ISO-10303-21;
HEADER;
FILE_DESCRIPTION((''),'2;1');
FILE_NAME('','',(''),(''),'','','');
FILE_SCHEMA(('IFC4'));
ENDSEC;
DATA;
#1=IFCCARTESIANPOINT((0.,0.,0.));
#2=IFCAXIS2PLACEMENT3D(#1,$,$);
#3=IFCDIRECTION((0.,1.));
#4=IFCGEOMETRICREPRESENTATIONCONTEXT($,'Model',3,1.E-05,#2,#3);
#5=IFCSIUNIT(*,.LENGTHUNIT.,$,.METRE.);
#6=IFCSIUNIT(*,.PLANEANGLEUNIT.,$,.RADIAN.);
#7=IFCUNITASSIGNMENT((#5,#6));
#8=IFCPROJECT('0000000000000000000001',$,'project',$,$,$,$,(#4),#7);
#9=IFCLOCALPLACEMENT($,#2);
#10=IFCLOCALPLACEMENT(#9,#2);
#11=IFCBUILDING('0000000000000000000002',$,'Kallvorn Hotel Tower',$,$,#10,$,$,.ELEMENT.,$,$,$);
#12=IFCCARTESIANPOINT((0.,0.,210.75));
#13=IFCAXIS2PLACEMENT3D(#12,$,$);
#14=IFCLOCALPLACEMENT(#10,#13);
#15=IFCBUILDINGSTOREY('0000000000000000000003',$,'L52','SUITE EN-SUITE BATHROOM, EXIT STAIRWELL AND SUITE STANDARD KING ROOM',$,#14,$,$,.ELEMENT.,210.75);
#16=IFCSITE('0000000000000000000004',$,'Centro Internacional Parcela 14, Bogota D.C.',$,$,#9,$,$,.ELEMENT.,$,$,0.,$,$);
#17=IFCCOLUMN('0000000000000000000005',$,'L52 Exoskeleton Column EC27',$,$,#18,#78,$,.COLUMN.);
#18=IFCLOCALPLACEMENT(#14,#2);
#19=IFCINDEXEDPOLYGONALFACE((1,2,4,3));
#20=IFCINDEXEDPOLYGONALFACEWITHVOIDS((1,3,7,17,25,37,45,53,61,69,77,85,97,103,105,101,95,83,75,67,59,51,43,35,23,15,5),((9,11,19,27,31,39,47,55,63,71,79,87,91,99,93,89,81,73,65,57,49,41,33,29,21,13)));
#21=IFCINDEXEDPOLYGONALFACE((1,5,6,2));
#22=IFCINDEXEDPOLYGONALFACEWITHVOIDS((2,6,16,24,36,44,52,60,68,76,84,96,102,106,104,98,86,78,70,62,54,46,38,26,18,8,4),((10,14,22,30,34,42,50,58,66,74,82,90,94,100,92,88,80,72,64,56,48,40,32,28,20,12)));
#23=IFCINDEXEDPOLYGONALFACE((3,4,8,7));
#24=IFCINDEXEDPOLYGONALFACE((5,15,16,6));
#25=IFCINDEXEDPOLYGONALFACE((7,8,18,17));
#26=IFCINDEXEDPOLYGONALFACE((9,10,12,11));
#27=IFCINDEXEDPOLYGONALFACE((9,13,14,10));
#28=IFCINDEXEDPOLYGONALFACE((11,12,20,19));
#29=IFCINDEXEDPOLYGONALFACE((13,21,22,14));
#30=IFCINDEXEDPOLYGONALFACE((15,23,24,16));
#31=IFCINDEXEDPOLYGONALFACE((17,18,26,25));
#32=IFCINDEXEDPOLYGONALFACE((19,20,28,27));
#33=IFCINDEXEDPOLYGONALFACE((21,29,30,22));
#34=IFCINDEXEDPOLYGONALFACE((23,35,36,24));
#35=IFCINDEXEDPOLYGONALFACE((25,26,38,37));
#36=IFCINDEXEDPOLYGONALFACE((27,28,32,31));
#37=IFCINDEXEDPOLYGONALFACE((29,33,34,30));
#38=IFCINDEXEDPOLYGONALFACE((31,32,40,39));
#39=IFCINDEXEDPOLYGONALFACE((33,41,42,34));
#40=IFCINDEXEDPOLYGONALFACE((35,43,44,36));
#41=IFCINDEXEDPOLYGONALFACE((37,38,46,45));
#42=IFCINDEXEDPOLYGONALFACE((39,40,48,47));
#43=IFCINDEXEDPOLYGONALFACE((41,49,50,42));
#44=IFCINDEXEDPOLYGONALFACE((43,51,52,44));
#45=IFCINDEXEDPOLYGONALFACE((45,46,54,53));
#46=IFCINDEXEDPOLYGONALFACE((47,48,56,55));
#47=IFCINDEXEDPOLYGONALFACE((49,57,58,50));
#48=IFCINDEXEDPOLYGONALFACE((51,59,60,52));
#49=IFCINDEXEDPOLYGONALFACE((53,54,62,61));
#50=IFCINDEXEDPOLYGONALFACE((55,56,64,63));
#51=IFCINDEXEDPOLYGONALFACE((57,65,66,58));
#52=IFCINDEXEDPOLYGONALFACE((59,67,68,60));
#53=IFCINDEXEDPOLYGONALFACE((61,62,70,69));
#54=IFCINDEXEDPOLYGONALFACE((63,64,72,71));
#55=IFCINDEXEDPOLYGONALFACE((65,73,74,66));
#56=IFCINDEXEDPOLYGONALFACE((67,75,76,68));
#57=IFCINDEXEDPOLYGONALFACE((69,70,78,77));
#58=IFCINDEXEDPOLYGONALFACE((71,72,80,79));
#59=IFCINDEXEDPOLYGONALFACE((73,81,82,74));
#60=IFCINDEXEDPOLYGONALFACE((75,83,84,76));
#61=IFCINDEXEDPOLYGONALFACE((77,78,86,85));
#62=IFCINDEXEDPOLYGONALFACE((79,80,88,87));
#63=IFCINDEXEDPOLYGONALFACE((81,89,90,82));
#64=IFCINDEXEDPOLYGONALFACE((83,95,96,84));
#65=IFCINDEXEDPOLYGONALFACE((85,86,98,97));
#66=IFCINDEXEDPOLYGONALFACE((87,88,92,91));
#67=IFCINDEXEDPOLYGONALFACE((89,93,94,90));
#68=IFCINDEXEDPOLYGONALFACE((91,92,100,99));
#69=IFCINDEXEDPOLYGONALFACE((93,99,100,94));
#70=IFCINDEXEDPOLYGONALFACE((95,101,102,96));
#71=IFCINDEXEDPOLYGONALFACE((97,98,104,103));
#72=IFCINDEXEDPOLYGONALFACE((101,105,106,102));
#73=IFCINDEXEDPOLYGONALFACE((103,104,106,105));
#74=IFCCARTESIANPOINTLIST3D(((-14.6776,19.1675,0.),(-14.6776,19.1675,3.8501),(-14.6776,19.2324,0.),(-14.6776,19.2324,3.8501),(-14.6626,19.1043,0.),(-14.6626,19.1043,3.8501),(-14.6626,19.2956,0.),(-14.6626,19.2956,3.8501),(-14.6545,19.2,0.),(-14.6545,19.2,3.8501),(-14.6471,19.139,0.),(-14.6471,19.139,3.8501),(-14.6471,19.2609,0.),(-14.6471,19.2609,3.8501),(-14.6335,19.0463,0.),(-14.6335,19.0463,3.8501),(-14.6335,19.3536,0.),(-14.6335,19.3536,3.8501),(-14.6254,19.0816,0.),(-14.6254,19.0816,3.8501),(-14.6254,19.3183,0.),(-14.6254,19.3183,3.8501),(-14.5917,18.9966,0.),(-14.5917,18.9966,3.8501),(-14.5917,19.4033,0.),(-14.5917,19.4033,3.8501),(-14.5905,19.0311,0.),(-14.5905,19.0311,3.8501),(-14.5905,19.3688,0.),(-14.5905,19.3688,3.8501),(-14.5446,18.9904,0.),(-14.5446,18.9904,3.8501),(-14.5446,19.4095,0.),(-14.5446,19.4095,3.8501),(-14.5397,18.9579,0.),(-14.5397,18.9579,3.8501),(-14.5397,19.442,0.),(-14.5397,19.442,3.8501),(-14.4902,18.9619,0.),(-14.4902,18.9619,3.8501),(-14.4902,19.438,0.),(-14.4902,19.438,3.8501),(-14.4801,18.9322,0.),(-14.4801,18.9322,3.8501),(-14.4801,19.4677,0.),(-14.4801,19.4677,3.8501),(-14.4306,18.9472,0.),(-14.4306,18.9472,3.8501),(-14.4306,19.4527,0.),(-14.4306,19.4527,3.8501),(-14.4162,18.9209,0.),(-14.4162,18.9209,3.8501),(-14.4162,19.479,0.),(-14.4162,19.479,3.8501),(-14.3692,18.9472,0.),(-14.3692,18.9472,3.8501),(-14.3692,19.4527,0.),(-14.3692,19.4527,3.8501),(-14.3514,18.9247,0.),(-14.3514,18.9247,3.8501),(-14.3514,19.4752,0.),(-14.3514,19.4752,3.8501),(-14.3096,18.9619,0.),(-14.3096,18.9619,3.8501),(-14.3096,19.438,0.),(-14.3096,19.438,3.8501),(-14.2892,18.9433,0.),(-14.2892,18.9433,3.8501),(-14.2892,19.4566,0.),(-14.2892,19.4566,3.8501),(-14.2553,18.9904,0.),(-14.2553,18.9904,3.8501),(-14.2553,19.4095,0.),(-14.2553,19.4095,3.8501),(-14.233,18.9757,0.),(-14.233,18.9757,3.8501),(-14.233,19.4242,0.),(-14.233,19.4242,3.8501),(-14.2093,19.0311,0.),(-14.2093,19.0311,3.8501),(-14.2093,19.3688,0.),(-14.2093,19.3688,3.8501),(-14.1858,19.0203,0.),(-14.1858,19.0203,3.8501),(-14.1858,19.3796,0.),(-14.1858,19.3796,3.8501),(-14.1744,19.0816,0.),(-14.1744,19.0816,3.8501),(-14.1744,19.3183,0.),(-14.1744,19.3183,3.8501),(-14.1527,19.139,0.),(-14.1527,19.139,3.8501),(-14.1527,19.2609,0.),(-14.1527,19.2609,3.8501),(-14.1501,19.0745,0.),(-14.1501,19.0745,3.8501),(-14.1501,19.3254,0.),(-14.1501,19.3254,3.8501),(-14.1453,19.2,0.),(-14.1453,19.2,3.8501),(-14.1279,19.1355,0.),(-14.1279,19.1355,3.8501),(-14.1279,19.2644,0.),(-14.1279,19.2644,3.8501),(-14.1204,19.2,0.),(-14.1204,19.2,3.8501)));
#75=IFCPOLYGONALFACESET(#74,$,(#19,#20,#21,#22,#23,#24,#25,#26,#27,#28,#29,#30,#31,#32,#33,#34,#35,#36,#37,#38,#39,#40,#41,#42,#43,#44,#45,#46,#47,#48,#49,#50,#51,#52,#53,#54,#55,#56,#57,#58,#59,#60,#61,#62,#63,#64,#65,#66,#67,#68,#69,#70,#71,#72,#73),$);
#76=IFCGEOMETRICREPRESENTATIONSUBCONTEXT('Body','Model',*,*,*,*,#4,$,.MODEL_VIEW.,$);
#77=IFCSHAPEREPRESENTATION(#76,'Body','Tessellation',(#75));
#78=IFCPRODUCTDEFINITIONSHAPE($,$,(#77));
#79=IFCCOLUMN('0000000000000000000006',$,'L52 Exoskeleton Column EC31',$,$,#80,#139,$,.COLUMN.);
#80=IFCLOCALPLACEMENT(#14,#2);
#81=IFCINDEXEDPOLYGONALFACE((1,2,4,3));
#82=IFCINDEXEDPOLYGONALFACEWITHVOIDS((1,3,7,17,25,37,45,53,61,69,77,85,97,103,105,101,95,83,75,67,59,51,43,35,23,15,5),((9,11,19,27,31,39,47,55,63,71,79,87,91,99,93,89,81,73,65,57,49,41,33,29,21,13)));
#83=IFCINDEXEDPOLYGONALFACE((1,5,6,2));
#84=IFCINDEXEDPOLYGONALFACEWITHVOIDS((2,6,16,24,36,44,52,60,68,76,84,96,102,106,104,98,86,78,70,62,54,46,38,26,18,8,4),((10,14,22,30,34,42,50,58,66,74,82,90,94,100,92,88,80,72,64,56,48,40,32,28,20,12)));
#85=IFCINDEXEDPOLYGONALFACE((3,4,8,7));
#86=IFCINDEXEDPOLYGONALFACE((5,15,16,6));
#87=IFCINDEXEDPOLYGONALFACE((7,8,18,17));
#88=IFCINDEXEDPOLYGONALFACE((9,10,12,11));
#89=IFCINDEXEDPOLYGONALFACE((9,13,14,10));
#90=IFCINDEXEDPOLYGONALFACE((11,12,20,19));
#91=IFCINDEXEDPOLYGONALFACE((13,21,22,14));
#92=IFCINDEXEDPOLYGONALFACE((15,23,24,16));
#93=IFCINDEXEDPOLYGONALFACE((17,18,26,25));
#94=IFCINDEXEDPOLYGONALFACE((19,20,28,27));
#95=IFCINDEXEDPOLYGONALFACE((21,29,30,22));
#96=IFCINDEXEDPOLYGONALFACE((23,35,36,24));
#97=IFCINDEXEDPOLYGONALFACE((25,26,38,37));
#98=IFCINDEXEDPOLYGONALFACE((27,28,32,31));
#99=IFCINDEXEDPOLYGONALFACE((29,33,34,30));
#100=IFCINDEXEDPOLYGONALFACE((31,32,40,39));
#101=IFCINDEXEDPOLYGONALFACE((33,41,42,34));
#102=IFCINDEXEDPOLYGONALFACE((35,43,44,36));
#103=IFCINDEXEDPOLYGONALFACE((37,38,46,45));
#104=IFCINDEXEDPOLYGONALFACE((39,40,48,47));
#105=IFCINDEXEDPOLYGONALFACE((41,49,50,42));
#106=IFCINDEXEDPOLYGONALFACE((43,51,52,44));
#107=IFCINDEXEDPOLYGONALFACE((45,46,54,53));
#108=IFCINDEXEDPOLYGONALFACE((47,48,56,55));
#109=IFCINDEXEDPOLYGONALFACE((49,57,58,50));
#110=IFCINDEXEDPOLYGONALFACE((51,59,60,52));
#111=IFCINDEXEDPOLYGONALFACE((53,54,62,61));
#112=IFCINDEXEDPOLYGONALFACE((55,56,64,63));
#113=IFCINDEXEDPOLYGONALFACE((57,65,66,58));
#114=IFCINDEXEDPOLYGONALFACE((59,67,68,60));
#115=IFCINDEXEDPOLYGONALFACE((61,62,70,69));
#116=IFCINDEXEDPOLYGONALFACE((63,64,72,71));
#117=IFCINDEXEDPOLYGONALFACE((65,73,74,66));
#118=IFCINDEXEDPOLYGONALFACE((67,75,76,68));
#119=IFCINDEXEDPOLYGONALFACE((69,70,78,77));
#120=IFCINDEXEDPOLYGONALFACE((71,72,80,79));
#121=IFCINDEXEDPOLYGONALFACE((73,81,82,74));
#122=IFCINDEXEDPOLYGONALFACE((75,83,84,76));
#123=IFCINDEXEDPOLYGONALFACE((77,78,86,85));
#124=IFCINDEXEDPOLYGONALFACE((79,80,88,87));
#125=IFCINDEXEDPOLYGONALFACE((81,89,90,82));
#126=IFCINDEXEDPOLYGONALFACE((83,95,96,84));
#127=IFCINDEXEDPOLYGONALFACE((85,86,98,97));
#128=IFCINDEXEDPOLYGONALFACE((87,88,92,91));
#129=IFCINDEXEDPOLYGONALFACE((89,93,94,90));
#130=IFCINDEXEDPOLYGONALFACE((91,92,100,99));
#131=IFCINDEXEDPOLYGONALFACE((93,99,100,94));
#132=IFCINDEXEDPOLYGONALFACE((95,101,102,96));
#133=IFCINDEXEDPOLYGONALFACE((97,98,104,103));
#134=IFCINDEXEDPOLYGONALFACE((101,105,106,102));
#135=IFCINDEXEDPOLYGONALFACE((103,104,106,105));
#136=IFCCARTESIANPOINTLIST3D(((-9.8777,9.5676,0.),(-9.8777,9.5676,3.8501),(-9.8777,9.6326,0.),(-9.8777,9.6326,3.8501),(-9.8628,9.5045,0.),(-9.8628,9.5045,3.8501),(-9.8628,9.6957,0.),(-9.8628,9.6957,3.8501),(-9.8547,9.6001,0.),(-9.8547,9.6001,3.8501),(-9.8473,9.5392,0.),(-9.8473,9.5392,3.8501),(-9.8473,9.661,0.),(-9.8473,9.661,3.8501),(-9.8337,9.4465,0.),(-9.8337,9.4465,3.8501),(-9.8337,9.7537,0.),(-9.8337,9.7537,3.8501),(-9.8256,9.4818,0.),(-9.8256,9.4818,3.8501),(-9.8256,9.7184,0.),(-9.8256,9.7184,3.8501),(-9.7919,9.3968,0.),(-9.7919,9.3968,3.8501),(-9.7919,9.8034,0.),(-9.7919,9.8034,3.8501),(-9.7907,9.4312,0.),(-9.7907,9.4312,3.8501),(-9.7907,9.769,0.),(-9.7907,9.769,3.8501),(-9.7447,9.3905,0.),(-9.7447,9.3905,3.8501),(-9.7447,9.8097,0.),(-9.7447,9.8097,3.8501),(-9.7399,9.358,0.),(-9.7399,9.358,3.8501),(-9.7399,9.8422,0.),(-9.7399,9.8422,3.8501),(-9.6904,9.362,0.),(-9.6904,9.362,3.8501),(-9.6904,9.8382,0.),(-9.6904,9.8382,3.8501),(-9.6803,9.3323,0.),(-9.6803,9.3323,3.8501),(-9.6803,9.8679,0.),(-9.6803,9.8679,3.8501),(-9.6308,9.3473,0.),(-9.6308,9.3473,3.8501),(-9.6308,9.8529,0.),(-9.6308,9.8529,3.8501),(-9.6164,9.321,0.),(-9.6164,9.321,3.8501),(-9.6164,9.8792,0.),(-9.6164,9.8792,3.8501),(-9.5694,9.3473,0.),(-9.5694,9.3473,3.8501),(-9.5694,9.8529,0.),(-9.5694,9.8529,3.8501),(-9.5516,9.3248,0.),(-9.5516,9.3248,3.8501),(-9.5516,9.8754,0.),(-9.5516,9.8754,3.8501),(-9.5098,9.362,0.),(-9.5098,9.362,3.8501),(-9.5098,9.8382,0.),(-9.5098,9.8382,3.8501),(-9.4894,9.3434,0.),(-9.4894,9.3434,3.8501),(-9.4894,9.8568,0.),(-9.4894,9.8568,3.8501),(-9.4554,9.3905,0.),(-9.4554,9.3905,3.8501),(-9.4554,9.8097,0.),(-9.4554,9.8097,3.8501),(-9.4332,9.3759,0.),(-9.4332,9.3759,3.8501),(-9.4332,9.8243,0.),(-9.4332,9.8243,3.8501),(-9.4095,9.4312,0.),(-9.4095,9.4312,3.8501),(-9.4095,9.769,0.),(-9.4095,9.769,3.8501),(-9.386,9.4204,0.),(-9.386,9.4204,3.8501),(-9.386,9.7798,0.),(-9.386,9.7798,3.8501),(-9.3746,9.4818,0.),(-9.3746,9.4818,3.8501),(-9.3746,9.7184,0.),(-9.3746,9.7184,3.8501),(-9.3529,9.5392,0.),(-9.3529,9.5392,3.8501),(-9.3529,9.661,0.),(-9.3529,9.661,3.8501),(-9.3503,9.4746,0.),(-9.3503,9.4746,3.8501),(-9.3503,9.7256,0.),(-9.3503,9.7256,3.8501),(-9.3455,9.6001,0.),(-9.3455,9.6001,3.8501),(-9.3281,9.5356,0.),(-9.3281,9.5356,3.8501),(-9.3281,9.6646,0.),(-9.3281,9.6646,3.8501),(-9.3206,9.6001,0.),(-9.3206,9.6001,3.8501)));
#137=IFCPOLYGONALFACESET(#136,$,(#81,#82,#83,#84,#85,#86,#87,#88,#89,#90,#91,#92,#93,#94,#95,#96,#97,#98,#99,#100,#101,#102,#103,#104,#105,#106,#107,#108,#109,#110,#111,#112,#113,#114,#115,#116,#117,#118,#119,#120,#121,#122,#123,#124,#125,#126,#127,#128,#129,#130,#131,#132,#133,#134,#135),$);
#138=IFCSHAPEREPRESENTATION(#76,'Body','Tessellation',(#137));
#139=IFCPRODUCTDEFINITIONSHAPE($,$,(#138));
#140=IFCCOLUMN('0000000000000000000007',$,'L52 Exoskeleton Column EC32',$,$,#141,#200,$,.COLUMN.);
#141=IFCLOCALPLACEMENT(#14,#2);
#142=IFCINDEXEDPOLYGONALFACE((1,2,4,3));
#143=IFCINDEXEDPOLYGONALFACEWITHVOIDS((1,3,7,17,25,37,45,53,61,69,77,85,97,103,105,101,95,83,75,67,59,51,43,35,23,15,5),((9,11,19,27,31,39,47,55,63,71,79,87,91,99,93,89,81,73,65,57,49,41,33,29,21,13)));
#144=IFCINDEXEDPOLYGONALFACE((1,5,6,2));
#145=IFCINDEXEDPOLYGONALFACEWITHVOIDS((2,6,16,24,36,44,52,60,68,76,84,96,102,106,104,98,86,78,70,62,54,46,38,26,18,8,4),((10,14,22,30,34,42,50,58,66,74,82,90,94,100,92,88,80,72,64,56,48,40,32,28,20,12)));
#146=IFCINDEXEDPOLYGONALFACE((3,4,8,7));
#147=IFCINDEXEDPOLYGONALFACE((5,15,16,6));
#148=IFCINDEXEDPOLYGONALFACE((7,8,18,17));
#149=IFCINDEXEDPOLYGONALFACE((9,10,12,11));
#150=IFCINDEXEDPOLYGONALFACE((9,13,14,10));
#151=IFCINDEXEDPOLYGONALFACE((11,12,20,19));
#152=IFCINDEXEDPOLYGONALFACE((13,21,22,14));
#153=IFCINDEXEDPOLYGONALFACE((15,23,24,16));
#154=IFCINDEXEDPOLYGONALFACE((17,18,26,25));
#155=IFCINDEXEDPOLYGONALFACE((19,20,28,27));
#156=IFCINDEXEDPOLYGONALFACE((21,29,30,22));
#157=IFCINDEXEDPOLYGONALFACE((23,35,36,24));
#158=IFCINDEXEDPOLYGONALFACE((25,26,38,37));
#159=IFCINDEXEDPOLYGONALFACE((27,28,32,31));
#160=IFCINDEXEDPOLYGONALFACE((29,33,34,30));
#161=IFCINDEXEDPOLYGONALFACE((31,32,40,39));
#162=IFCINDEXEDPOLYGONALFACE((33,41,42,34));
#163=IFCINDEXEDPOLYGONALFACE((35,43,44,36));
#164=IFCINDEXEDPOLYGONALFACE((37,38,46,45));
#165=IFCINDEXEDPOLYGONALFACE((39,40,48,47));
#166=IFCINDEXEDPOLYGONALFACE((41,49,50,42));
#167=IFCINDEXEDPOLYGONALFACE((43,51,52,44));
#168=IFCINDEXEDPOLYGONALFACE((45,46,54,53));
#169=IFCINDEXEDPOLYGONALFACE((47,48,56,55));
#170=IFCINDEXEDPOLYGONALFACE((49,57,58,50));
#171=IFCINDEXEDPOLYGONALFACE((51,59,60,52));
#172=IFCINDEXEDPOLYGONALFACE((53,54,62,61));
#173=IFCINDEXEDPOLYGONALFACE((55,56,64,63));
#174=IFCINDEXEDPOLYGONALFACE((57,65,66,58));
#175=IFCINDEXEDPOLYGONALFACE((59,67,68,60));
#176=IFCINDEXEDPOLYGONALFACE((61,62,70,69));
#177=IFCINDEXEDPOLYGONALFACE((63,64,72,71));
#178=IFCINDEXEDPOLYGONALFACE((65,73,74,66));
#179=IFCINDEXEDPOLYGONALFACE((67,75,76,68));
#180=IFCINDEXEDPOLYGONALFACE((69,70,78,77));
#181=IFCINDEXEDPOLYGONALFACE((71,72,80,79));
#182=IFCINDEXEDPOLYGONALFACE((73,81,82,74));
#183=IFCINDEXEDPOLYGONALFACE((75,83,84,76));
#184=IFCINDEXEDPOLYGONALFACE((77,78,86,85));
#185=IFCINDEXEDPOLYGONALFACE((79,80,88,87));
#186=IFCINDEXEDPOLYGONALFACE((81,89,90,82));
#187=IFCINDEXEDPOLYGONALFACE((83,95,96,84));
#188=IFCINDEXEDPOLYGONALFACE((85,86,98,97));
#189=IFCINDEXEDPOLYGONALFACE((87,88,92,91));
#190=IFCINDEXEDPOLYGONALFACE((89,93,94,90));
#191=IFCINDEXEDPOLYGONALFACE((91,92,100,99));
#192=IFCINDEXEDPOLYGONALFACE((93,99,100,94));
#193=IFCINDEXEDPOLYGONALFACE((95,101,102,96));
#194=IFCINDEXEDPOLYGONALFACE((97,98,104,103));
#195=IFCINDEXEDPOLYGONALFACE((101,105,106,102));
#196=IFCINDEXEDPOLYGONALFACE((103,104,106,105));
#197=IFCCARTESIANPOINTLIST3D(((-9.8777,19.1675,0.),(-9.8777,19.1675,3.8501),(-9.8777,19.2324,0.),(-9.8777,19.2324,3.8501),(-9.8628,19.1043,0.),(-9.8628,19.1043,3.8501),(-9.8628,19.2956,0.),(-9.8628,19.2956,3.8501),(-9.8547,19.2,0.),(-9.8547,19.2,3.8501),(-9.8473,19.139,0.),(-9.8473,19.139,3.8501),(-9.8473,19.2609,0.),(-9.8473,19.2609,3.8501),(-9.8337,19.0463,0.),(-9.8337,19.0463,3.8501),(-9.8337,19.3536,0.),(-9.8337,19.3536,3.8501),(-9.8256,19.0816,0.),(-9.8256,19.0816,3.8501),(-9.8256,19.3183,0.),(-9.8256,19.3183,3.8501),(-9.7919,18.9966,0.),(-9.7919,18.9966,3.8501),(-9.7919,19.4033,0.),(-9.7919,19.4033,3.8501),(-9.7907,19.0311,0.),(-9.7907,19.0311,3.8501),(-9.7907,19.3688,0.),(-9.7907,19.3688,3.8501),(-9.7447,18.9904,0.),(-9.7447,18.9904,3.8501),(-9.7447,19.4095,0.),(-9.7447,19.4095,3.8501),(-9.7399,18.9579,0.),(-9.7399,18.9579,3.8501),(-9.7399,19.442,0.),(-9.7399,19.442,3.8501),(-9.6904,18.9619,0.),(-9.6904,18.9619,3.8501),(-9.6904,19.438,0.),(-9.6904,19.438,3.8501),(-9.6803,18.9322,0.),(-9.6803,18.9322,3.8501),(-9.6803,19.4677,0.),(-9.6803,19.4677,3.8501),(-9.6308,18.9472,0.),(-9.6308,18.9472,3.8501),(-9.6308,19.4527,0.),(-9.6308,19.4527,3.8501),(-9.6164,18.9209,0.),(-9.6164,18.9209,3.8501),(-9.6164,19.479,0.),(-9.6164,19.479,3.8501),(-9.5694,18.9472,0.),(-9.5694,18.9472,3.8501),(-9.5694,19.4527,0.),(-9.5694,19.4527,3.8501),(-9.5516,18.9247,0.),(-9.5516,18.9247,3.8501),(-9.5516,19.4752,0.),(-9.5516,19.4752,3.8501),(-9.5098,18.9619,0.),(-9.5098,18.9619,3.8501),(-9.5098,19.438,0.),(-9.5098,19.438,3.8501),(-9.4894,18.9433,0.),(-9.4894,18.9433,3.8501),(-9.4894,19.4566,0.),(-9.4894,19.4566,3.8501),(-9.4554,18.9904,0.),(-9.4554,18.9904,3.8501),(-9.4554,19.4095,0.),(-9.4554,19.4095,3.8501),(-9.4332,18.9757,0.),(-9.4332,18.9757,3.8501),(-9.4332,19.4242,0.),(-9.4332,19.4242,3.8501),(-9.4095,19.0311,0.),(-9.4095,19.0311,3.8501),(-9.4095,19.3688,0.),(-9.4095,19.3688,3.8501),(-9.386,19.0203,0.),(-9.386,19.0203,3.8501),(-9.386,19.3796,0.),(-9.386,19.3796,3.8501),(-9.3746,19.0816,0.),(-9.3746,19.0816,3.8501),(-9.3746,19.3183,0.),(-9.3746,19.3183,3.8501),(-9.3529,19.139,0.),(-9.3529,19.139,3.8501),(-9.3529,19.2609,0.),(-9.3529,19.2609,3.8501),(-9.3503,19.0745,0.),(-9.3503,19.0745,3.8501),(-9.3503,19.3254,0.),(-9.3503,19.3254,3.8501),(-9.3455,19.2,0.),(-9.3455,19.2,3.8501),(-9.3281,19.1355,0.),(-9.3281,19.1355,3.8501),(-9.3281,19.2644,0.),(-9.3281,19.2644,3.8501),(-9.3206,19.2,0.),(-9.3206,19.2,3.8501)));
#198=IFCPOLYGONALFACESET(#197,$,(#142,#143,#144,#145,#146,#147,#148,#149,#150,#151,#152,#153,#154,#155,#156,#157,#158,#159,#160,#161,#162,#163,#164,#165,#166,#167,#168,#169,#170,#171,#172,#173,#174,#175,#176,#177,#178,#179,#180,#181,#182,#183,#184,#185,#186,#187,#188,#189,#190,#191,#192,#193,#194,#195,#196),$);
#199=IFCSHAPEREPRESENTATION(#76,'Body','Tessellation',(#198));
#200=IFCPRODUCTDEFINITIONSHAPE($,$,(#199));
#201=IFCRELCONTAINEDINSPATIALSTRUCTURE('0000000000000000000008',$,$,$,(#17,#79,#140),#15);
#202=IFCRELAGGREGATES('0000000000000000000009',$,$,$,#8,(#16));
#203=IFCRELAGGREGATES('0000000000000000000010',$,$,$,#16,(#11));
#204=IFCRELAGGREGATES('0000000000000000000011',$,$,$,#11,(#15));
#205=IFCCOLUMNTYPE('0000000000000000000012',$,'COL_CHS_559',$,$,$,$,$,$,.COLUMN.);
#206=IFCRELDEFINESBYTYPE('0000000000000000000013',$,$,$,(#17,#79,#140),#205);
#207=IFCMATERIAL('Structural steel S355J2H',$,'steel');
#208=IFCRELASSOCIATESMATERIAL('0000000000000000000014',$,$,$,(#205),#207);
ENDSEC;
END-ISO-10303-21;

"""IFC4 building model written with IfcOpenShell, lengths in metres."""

from ifc_helpers import new_model, si_unit, direction, frame, origin, origin_2d, place, context, subcontext, project, spatial, hollow_circle, extrude, material, material_profile, profile_set, type_object, element, save


model = new_model("IFC4")

# Units and contexts
model_context = context("Model", 3, precision=1e-05, world=origin(), true_north=direction((0.0, 1.0)))
body_context = subcontext(model_context, "Body", "Model", "MODEL_VIEW")
ifc_project = project(units=[si_unit("LENGTHUNIT", "METRE"), si_unit("PLANEANGLEUNIT", "RADIAN")], contexts=[model_context])

# Site, building, storey
site_placement = place(None, origin())
site = spatial("IfcSite", under=ifc_project, at=site_placement, Name="Centro Internacional Parcela 14, Bogota D.C.", CompositionType="ELEMENT", RefElevation=0.0)
building_placement = place(site_placement, origin())
building = spatial("IfcBuilding", under=site, at=building_placement, Name="Kallvorn Hotel Tower", CompositionType="ELEMENT")
storey_placement = place(building_placement, frame((0.0, 0.0, 210.75)))
storey = spatial("IfcBuildingStorey", under=building, at=storey_placement, Name="L52", Description="SUITE EN-SUITE BATHROOM, EXIT STAIRWELL AND SUITE STANDARD KING ROOM", CompositionType="ELEMENT", Elevation=210.75)

# Columns
ifc_material_1 = material(Name="Structural steel S355J2H", Category="steel")
ifc_material_profile_1 = material_profile(ifc_material_1, hollow_circle(Radius=0.2795, WallThickness=0.0249, at=origin_2d()), Name="CHS 559x25")
ifc_profile_set_1 = profile_set([ifc_material_profile_1], Name="Structural steel S355J2H")
column_type_1 = type_object("IfcColumnType", Name="COL_CHS_559", PredefinedType="COLUMN", material=ifc_profile_set_1)
for number, where, z_axis, x_axis, name in (
    (1, (-14.3999, 19.2, 0.0), (0.0, 0.0, 1.0), (1.0, 0.0, 0.0), "L52 Exoskeleton Column EC27"),
    (2, (-9.6001, 9.6001, 0.0), (0.0, 0.0, 1.0), (1.0, 0.0, 0.0), "L52 Exoskeleton Column EC31"),
    (3, (-9.6001, 19.2, 0.0), (0.0, 0.0, 1.0), (1.0, 0.0, 0.0), "L52 Exoskeleton Column EC32"),
):
    element("IfcColumn", number, at=place(storey_placement, frame(where, z_axis=z_axis, x_axis=x_axis)), inside=storey, type_object=column_type_1, Name=name, PredefinedType="COLUMN", context=body_context, shape_type="SweptSolid", body=[
        extrude(hollow_circle(Radius=0.2795, WallThickness=0.0249, at=origin_2d()), origin(), (0.0, 0.0, 1.0), 3.8501),
    ])

save(model, "model.ifc")
